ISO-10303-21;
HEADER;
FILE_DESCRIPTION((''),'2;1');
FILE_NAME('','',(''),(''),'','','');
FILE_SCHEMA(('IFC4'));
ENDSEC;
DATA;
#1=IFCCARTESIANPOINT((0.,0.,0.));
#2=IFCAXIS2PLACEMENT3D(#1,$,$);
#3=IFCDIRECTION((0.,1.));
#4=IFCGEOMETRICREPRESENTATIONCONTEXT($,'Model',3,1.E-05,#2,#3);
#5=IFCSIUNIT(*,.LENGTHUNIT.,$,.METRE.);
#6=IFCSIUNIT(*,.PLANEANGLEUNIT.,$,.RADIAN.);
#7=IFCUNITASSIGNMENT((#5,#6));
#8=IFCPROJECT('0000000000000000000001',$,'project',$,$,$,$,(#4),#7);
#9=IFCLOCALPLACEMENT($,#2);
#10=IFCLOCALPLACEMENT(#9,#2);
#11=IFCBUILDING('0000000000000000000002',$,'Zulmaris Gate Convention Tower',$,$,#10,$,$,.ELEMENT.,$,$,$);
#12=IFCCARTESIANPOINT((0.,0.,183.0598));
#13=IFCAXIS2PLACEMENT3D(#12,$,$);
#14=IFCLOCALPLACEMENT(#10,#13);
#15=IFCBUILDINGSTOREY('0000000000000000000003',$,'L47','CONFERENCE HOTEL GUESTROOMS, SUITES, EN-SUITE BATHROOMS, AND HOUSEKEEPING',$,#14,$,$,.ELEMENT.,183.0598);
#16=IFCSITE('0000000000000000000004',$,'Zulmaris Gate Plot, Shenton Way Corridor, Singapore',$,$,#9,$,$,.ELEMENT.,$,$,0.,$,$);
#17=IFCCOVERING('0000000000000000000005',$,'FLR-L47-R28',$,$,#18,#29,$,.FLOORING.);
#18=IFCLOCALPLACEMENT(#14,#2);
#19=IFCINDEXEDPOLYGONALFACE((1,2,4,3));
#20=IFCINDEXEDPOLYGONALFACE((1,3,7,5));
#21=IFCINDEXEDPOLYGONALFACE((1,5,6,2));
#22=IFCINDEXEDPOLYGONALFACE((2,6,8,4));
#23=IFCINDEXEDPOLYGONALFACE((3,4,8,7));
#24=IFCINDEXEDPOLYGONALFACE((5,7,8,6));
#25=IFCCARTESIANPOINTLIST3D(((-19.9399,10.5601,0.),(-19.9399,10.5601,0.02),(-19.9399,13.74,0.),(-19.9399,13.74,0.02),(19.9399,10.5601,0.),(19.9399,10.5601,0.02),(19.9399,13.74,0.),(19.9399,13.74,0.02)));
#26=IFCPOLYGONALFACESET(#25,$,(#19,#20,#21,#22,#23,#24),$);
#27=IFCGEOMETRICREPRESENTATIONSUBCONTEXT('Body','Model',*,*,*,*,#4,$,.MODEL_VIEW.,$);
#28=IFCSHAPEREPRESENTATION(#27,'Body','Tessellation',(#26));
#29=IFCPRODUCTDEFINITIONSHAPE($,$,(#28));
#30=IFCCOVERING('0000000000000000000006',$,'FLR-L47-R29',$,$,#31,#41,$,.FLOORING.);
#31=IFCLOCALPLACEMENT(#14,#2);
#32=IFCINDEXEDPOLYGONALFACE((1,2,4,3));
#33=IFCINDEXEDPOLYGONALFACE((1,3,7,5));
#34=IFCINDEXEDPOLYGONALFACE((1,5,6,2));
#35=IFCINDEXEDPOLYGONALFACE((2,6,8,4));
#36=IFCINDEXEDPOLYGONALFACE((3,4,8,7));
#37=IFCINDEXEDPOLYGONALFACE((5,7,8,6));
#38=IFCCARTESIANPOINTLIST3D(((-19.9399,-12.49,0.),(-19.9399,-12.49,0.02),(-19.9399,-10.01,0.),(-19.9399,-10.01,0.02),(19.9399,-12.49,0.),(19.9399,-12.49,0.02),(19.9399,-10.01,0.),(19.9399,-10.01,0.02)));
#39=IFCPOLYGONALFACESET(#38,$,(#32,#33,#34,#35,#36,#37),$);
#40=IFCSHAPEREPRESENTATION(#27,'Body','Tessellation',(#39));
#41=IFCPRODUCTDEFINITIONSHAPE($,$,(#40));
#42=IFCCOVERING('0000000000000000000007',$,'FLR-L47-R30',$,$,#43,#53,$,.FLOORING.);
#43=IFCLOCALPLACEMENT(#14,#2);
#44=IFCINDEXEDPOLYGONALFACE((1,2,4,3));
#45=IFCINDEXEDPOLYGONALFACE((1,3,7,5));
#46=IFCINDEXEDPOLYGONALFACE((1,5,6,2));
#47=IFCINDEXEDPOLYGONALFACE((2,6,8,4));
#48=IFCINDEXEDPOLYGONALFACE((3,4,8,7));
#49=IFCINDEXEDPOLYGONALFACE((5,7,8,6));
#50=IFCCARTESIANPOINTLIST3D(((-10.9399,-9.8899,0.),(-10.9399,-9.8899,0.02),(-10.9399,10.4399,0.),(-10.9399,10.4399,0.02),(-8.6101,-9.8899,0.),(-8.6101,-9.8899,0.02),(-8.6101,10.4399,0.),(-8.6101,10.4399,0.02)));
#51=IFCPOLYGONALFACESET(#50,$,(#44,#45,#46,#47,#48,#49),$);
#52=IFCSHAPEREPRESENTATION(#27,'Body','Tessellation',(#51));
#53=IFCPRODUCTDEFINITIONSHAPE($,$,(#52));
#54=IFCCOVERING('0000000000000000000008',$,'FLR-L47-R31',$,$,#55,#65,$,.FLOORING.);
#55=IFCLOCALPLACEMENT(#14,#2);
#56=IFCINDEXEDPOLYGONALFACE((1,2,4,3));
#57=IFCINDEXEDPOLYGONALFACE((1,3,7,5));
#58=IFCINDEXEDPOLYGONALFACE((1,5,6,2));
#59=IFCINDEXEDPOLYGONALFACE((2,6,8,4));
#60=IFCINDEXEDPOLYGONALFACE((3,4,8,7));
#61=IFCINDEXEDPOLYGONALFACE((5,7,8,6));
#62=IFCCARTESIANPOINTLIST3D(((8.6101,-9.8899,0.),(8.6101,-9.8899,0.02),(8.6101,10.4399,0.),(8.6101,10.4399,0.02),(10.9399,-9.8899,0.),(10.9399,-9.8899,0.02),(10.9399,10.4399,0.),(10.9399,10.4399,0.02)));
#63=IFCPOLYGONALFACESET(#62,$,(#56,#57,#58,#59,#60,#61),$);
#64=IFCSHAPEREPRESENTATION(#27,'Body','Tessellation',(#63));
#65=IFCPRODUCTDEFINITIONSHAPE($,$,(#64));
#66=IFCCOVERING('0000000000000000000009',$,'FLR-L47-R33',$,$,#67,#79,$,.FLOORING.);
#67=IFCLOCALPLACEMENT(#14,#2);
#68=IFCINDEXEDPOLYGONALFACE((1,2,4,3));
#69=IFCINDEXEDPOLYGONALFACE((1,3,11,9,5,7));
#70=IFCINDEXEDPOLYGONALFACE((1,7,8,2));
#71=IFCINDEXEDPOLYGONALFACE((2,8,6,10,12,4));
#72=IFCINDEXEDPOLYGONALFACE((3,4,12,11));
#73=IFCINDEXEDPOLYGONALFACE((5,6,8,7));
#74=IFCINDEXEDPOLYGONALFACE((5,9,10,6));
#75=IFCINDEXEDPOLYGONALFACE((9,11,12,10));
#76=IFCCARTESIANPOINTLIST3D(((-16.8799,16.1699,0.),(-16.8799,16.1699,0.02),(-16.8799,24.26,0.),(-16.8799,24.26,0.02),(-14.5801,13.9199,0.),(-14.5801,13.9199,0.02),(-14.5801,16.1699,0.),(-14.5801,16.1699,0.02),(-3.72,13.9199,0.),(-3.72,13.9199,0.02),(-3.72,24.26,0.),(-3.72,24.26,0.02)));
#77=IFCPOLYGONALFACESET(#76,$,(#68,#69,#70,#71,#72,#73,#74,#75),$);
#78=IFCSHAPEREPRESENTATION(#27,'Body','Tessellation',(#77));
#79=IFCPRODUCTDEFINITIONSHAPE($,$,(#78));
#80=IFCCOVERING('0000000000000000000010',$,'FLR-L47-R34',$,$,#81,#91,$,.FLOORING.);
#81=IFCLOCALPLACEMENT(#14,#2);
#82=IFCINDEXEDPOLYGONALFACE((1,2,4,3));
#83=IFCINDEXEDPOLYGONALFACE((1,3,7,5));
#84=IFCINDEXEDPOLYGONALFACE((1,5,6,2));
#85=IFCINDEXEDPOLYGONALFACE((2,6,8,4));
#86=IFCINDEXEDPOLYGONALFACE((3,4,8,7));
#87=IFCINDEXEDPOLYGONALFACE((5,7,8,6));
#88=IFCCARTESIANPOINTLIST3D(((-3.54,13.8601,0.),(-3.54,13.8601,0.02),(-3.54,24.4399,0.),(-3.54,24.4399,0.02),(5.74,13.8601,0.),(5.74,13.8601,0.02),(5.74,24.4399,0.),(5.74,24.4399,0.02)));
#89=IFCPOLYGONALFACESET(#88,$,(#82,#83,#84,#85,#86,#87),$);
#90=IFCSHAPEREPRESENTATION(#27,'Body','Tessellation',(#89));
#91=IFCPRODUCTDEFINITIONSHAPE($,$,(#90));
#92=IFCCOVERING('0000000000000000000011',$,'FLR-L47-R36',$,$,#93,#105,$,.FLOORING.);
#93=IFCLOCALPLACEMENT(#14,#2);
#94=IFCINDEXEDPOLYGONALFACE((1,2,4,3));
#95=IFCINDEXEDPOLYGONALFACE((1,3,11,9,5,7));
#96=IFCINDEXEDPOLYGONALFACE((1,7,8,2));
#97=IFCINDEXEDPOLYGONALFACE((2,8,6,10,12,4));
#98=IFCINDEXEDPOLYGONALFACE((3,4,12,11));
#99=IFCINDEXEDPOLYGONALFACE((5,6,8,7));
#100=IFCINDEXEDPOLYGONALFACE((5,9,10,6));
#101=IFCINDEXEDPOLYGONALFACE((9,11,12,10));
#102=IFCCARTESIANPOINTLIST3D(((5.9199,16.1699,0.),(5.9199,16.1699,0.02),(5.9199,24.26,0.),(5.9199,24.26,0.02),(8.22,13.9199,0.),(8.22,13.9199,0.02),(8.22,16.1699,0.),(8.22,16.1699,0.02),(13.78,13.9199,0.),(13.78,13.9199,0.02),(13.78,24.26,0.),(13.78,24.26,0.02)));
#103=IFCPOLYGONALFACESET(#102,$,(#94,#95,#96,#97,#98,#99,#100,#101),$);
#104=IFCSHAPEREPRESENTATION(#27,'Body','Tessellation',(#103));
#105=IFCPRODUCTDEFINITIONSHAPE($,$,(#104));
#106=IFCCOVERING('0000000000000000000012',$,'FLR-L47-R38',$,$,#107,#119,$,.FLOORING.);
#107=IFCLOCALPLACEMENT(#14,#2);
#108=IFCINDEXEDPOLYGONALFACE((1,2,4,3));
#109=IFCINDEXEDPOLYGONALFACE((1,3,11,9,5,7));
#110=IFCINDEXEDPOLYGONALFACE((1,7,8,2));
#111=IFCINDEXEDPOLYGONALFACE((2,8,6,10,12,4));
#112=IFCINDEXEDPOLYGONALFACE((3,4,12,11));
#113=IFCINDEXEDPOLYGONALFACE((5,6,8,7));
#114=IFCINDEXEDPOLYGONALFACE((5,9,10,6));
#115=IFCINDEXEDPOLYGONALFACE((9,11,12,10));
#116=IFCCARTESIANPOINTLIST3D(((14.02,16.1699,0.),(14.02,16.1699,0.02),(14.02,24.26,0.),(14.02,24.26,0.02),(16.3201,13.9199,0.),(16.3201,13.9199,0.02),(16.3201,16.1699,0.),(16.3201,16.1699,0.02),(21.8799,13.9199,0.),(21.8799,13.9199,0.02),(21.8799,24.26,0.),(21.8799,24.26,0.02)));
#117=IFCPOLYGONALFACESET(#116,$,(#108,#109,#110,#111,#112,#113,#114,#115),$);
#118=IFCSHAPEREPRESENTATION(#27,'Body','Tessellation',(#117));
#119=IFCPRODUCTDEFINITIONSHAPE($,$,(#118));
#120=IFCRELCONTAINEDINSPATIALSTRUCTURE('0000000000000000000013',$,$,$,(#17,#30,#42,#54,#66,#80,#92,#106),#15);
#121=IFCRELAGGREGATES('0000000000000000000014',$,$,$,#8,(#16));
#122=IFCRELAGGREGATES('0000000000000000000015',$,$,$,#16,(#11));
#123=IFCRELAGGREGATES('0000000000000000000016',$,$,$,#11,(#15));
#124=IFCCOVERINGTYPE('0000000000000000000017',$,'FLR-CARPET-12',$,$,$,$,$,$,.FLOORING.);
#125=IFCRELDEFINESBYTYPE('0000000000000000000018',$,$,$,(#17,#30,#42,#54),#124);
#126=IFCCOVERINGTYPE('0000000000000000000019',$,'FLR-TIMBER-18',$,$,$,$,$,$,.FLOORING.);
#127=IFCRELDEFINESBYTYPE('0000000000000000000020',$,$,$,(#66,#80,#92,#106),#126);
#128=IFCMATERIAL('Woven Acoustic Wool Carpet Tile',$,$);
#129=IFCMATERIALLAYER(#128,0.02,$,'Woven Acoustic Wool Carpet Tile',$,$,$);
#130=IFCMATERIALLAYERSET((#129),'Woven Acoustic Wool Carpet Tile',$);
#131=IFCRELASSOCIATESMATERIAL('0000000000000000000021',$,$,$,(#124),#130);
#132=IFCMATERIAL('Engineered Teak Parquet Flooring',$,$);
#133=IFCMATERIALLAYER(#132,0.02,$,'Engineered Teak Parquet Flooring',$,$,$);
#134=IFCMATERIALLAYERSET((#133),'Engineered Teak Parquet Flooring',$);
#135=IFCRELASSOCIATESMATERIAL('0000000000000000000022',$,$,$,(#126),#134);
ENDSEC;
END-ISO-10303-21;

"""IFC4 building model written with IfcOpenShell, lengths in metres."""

from ifc_helpers import new_model, si_unit, direction, frame, origin, place, context, subcontext, project, spatial, polyline, outline, extrude, material, layer, layer_set, type_object, element, save


model = new_model("IFC4")

# Units and contexts
model_context = context("Model", 3, precision=1e-05, world=origin(), true_north=direction((0.0, 1.0)))
body_context = subcontext(model_context, "Body", "Model", "MODEL_VIEW")
ifc_project = project(units=[si_unit("LENGTHUNIT", "METRE"), si_unit("PLANEANGLEUNIT", "RADIAN")], contexts=[model_context])

# Site, building, storey
site_placement = place(None, origin())
site = spatial("IfcSite", under=ifc_project, at=site_placement, Name="Zulmaris Gate Plot, Shenton Way Corridor, Singapore", CompositionType="ELEMENT", RefElevation=0.0)
building_placement = place(site_placement, origin())
building = spatial("IfcBuilding", under=site, at=building_placement, Name="Zulmaris Gate Convention Tower", CompositionType="ELEMENT")
storey_placement = place(building_placement, frame((0.0, 0.0, 183.0598)))
storey = spatial("IfcBuildingStorey", under=building, at=storey_placement, Name="L47", Description="CONFERENCE HOTEL GUESTROOMS, SUITES, EN-SUITE BATHROOMS, AND HOUSEKEEPING", CompositionType="ELEMENT", Elevation=183.0598)

# Coverings
ifc_material_1 = material(Name="Woven Acoustic Wool Carpet Tile")
ifc_layer_1 = layer(ifc_material_1, 0.02, Name="Woven Acoustic Wool Carpet Tile")
ifc_layer_set_1 = layer_set([ifc_layer_1], Name="Woven Acoustic Wool Carpet Tile")
covering_type_1 = type_object("IfcCoveringType", Name="FLR-CARPET-12", PredefinedType="FLOORING", material=ifc_layer_set_1)
covering_1_placement = place(storey_placement, origin())
element("IfcCovering", 1, at=covering_1_placement, inside=storey, type_object=covering_type_1, Name="FLR-L47-R28", PredefinedType="FLOORING", context=body_context, shape_type="SweptSolid", body=[
    extrude(outline(polyline([(-19.9399, 10.5601), (19.9399, 10.5601), (19.9399, 13.74), (-19.9399, 13.74), (-19.9399, 10.5601)])), origin(), (0.0, 0.0, 1.0), 0.02),
])
covering_2_placement = place(storey_placement, origin())
element("IfcCovering", 2, at=covering_2_placement, inside=storey, type_object=covering_type_1, Name="FLR-L47-R29", PredefinedType="FLOORING", context=body_context, shape_type="SweptSolid", body=[
    extrude(outline(polyline([(-19.9399, -12.49), (19.9399, -12.49), (19.9399, -10.01), (-19.9399, -10.01), (-19.9399, -12.49)])), origin(), (0.0, 0.0, 1.0), 0.02),
])
covering_3_placement = place(storey_placement, origin())
element("IfcCovering", 3, at=covering_3_placement, inside=storey, type_object=covering_type_1, Name="FLR-L47-R30", PredefinedType="FLOORING", context=body_context, shape_type="SweptSolid", body=[
    extrude(outline(polyline([(-10.9399, -9.8899), (-8.6101, -9.8899), (-8.6101, 10.4399), (-10.9399, 10.4399), (-10.9399, -9.8899)])), origin(), (0.0, 0.0, 1.0), 0.02),
])
covering_4_placement = place(storey_placement, origin())
element("IfcCovering", 4, at=covering_4_placement, inside=storey, type_object=covering_type_1, Name="FLR-L47-R31", PredefinedType="FLOORING", context=body_context, shape_type="SweptSolid", body=[
    extrude(outline(polyline([(8.6101, -9.8899), (10.9399, -9.8899), (10.9399, 10.4399), (8.6101, 10.4399), (8.6101, -9.8899)])), origin(), (0.0, 0.0, 1.0), 0.02),
])
ifc_material_2 = material(Name="Engineered Teak Parquet Flooring")
ifc_layer_2 = layer(ifc_material_2, 0.02, Name="Engineered Teak Parquet Flooring")
ifc_layer_set_2 = layer_set([ifc_layer_2], Name="Engineered Teak Parquet Flooring")
covering_type_2 = type_object("IfcCoveringType", Name="FLR-TIMBER-18", PredefinedType="FLOORING", material=ifc_layer_set_2)
covering_5_placement = place(storey_placement, origin())
element("IfcCovering", 5, at=covering_5_placement, inside=storey, type_object=covering_type_2, Name="FLR-L47-R33", PredefinedType="FLOORING", context=body_context, shape_type="SweptSolid", body=[
    extrude(outline(polyline([(-14.5801, 13.9199), (-3.72, 13.9199), (-3.72, 24.26), (-16.8799, 24.26), (-16.8799, 16.1699), (-14.5801, 16.1699), (-14.5801, 13.9199)])), origin(), (0.0, 0.0, 1.0), 0.02),
])
covering_6_placement = place(storey_placement, origin())
element("IfcCovering", 6, at=covering_6_placement, inside=storey, type_object=covering_type_2, Name="FLR-L47-R34", PredefinedType="FLOORING", context=body_context, shape_type="SweptSolid", body=[
    extrude(outline(polyline([(-3.54, 13.8601), (5.74, 13.8601), (5.74, 24.4399), (-3.54, 24.4399), (-3.54, 13.8601)])), origin(), (0.0, 0.0, 1.0), 0.02),
])
covering_7_placement = place(storey_placement, origin())
element("IfcCovering", 7, at=covering_7_placement, inside=storey, type_object=covering_type_2, Name="FLR-L47-R36", PredefinedType="FLOORING", context=body_context, shape_type="SweptSolid", body=[
    extrude(outline(polyline([(8.22, 13.9199), (13.78, 13.9199), (13.78, 24.26), (5.9199, 24.26), (5.9199, 16.1699), (8.22, 16.1699), (8.22, 13.9199)])), origin(), (0.0, 0.0, 1.0), 0.02),
])
covering_8_placement = place(storey_placement, origin())
element("IfcCovering", 8, at=covering_8_placement, inside=storey, type_object=covering_type_2, Name="FLR-L47-R38", PredefinedType="FLOORING", context=body_context, shape_type="SweptSolid", body=[
    extrude(outline(polyline([(16.3201, 13.9199), (21.8799, 13.9199), (21.8799, 24.26), (14.02, 24.26), (14.02, 16.1699), (16.3201, 16.1699), (16.3201, 13.9199)])), origin(), (0.0, 0.0, 1.0), 0.02),
])

save(model, "model.ifc")
